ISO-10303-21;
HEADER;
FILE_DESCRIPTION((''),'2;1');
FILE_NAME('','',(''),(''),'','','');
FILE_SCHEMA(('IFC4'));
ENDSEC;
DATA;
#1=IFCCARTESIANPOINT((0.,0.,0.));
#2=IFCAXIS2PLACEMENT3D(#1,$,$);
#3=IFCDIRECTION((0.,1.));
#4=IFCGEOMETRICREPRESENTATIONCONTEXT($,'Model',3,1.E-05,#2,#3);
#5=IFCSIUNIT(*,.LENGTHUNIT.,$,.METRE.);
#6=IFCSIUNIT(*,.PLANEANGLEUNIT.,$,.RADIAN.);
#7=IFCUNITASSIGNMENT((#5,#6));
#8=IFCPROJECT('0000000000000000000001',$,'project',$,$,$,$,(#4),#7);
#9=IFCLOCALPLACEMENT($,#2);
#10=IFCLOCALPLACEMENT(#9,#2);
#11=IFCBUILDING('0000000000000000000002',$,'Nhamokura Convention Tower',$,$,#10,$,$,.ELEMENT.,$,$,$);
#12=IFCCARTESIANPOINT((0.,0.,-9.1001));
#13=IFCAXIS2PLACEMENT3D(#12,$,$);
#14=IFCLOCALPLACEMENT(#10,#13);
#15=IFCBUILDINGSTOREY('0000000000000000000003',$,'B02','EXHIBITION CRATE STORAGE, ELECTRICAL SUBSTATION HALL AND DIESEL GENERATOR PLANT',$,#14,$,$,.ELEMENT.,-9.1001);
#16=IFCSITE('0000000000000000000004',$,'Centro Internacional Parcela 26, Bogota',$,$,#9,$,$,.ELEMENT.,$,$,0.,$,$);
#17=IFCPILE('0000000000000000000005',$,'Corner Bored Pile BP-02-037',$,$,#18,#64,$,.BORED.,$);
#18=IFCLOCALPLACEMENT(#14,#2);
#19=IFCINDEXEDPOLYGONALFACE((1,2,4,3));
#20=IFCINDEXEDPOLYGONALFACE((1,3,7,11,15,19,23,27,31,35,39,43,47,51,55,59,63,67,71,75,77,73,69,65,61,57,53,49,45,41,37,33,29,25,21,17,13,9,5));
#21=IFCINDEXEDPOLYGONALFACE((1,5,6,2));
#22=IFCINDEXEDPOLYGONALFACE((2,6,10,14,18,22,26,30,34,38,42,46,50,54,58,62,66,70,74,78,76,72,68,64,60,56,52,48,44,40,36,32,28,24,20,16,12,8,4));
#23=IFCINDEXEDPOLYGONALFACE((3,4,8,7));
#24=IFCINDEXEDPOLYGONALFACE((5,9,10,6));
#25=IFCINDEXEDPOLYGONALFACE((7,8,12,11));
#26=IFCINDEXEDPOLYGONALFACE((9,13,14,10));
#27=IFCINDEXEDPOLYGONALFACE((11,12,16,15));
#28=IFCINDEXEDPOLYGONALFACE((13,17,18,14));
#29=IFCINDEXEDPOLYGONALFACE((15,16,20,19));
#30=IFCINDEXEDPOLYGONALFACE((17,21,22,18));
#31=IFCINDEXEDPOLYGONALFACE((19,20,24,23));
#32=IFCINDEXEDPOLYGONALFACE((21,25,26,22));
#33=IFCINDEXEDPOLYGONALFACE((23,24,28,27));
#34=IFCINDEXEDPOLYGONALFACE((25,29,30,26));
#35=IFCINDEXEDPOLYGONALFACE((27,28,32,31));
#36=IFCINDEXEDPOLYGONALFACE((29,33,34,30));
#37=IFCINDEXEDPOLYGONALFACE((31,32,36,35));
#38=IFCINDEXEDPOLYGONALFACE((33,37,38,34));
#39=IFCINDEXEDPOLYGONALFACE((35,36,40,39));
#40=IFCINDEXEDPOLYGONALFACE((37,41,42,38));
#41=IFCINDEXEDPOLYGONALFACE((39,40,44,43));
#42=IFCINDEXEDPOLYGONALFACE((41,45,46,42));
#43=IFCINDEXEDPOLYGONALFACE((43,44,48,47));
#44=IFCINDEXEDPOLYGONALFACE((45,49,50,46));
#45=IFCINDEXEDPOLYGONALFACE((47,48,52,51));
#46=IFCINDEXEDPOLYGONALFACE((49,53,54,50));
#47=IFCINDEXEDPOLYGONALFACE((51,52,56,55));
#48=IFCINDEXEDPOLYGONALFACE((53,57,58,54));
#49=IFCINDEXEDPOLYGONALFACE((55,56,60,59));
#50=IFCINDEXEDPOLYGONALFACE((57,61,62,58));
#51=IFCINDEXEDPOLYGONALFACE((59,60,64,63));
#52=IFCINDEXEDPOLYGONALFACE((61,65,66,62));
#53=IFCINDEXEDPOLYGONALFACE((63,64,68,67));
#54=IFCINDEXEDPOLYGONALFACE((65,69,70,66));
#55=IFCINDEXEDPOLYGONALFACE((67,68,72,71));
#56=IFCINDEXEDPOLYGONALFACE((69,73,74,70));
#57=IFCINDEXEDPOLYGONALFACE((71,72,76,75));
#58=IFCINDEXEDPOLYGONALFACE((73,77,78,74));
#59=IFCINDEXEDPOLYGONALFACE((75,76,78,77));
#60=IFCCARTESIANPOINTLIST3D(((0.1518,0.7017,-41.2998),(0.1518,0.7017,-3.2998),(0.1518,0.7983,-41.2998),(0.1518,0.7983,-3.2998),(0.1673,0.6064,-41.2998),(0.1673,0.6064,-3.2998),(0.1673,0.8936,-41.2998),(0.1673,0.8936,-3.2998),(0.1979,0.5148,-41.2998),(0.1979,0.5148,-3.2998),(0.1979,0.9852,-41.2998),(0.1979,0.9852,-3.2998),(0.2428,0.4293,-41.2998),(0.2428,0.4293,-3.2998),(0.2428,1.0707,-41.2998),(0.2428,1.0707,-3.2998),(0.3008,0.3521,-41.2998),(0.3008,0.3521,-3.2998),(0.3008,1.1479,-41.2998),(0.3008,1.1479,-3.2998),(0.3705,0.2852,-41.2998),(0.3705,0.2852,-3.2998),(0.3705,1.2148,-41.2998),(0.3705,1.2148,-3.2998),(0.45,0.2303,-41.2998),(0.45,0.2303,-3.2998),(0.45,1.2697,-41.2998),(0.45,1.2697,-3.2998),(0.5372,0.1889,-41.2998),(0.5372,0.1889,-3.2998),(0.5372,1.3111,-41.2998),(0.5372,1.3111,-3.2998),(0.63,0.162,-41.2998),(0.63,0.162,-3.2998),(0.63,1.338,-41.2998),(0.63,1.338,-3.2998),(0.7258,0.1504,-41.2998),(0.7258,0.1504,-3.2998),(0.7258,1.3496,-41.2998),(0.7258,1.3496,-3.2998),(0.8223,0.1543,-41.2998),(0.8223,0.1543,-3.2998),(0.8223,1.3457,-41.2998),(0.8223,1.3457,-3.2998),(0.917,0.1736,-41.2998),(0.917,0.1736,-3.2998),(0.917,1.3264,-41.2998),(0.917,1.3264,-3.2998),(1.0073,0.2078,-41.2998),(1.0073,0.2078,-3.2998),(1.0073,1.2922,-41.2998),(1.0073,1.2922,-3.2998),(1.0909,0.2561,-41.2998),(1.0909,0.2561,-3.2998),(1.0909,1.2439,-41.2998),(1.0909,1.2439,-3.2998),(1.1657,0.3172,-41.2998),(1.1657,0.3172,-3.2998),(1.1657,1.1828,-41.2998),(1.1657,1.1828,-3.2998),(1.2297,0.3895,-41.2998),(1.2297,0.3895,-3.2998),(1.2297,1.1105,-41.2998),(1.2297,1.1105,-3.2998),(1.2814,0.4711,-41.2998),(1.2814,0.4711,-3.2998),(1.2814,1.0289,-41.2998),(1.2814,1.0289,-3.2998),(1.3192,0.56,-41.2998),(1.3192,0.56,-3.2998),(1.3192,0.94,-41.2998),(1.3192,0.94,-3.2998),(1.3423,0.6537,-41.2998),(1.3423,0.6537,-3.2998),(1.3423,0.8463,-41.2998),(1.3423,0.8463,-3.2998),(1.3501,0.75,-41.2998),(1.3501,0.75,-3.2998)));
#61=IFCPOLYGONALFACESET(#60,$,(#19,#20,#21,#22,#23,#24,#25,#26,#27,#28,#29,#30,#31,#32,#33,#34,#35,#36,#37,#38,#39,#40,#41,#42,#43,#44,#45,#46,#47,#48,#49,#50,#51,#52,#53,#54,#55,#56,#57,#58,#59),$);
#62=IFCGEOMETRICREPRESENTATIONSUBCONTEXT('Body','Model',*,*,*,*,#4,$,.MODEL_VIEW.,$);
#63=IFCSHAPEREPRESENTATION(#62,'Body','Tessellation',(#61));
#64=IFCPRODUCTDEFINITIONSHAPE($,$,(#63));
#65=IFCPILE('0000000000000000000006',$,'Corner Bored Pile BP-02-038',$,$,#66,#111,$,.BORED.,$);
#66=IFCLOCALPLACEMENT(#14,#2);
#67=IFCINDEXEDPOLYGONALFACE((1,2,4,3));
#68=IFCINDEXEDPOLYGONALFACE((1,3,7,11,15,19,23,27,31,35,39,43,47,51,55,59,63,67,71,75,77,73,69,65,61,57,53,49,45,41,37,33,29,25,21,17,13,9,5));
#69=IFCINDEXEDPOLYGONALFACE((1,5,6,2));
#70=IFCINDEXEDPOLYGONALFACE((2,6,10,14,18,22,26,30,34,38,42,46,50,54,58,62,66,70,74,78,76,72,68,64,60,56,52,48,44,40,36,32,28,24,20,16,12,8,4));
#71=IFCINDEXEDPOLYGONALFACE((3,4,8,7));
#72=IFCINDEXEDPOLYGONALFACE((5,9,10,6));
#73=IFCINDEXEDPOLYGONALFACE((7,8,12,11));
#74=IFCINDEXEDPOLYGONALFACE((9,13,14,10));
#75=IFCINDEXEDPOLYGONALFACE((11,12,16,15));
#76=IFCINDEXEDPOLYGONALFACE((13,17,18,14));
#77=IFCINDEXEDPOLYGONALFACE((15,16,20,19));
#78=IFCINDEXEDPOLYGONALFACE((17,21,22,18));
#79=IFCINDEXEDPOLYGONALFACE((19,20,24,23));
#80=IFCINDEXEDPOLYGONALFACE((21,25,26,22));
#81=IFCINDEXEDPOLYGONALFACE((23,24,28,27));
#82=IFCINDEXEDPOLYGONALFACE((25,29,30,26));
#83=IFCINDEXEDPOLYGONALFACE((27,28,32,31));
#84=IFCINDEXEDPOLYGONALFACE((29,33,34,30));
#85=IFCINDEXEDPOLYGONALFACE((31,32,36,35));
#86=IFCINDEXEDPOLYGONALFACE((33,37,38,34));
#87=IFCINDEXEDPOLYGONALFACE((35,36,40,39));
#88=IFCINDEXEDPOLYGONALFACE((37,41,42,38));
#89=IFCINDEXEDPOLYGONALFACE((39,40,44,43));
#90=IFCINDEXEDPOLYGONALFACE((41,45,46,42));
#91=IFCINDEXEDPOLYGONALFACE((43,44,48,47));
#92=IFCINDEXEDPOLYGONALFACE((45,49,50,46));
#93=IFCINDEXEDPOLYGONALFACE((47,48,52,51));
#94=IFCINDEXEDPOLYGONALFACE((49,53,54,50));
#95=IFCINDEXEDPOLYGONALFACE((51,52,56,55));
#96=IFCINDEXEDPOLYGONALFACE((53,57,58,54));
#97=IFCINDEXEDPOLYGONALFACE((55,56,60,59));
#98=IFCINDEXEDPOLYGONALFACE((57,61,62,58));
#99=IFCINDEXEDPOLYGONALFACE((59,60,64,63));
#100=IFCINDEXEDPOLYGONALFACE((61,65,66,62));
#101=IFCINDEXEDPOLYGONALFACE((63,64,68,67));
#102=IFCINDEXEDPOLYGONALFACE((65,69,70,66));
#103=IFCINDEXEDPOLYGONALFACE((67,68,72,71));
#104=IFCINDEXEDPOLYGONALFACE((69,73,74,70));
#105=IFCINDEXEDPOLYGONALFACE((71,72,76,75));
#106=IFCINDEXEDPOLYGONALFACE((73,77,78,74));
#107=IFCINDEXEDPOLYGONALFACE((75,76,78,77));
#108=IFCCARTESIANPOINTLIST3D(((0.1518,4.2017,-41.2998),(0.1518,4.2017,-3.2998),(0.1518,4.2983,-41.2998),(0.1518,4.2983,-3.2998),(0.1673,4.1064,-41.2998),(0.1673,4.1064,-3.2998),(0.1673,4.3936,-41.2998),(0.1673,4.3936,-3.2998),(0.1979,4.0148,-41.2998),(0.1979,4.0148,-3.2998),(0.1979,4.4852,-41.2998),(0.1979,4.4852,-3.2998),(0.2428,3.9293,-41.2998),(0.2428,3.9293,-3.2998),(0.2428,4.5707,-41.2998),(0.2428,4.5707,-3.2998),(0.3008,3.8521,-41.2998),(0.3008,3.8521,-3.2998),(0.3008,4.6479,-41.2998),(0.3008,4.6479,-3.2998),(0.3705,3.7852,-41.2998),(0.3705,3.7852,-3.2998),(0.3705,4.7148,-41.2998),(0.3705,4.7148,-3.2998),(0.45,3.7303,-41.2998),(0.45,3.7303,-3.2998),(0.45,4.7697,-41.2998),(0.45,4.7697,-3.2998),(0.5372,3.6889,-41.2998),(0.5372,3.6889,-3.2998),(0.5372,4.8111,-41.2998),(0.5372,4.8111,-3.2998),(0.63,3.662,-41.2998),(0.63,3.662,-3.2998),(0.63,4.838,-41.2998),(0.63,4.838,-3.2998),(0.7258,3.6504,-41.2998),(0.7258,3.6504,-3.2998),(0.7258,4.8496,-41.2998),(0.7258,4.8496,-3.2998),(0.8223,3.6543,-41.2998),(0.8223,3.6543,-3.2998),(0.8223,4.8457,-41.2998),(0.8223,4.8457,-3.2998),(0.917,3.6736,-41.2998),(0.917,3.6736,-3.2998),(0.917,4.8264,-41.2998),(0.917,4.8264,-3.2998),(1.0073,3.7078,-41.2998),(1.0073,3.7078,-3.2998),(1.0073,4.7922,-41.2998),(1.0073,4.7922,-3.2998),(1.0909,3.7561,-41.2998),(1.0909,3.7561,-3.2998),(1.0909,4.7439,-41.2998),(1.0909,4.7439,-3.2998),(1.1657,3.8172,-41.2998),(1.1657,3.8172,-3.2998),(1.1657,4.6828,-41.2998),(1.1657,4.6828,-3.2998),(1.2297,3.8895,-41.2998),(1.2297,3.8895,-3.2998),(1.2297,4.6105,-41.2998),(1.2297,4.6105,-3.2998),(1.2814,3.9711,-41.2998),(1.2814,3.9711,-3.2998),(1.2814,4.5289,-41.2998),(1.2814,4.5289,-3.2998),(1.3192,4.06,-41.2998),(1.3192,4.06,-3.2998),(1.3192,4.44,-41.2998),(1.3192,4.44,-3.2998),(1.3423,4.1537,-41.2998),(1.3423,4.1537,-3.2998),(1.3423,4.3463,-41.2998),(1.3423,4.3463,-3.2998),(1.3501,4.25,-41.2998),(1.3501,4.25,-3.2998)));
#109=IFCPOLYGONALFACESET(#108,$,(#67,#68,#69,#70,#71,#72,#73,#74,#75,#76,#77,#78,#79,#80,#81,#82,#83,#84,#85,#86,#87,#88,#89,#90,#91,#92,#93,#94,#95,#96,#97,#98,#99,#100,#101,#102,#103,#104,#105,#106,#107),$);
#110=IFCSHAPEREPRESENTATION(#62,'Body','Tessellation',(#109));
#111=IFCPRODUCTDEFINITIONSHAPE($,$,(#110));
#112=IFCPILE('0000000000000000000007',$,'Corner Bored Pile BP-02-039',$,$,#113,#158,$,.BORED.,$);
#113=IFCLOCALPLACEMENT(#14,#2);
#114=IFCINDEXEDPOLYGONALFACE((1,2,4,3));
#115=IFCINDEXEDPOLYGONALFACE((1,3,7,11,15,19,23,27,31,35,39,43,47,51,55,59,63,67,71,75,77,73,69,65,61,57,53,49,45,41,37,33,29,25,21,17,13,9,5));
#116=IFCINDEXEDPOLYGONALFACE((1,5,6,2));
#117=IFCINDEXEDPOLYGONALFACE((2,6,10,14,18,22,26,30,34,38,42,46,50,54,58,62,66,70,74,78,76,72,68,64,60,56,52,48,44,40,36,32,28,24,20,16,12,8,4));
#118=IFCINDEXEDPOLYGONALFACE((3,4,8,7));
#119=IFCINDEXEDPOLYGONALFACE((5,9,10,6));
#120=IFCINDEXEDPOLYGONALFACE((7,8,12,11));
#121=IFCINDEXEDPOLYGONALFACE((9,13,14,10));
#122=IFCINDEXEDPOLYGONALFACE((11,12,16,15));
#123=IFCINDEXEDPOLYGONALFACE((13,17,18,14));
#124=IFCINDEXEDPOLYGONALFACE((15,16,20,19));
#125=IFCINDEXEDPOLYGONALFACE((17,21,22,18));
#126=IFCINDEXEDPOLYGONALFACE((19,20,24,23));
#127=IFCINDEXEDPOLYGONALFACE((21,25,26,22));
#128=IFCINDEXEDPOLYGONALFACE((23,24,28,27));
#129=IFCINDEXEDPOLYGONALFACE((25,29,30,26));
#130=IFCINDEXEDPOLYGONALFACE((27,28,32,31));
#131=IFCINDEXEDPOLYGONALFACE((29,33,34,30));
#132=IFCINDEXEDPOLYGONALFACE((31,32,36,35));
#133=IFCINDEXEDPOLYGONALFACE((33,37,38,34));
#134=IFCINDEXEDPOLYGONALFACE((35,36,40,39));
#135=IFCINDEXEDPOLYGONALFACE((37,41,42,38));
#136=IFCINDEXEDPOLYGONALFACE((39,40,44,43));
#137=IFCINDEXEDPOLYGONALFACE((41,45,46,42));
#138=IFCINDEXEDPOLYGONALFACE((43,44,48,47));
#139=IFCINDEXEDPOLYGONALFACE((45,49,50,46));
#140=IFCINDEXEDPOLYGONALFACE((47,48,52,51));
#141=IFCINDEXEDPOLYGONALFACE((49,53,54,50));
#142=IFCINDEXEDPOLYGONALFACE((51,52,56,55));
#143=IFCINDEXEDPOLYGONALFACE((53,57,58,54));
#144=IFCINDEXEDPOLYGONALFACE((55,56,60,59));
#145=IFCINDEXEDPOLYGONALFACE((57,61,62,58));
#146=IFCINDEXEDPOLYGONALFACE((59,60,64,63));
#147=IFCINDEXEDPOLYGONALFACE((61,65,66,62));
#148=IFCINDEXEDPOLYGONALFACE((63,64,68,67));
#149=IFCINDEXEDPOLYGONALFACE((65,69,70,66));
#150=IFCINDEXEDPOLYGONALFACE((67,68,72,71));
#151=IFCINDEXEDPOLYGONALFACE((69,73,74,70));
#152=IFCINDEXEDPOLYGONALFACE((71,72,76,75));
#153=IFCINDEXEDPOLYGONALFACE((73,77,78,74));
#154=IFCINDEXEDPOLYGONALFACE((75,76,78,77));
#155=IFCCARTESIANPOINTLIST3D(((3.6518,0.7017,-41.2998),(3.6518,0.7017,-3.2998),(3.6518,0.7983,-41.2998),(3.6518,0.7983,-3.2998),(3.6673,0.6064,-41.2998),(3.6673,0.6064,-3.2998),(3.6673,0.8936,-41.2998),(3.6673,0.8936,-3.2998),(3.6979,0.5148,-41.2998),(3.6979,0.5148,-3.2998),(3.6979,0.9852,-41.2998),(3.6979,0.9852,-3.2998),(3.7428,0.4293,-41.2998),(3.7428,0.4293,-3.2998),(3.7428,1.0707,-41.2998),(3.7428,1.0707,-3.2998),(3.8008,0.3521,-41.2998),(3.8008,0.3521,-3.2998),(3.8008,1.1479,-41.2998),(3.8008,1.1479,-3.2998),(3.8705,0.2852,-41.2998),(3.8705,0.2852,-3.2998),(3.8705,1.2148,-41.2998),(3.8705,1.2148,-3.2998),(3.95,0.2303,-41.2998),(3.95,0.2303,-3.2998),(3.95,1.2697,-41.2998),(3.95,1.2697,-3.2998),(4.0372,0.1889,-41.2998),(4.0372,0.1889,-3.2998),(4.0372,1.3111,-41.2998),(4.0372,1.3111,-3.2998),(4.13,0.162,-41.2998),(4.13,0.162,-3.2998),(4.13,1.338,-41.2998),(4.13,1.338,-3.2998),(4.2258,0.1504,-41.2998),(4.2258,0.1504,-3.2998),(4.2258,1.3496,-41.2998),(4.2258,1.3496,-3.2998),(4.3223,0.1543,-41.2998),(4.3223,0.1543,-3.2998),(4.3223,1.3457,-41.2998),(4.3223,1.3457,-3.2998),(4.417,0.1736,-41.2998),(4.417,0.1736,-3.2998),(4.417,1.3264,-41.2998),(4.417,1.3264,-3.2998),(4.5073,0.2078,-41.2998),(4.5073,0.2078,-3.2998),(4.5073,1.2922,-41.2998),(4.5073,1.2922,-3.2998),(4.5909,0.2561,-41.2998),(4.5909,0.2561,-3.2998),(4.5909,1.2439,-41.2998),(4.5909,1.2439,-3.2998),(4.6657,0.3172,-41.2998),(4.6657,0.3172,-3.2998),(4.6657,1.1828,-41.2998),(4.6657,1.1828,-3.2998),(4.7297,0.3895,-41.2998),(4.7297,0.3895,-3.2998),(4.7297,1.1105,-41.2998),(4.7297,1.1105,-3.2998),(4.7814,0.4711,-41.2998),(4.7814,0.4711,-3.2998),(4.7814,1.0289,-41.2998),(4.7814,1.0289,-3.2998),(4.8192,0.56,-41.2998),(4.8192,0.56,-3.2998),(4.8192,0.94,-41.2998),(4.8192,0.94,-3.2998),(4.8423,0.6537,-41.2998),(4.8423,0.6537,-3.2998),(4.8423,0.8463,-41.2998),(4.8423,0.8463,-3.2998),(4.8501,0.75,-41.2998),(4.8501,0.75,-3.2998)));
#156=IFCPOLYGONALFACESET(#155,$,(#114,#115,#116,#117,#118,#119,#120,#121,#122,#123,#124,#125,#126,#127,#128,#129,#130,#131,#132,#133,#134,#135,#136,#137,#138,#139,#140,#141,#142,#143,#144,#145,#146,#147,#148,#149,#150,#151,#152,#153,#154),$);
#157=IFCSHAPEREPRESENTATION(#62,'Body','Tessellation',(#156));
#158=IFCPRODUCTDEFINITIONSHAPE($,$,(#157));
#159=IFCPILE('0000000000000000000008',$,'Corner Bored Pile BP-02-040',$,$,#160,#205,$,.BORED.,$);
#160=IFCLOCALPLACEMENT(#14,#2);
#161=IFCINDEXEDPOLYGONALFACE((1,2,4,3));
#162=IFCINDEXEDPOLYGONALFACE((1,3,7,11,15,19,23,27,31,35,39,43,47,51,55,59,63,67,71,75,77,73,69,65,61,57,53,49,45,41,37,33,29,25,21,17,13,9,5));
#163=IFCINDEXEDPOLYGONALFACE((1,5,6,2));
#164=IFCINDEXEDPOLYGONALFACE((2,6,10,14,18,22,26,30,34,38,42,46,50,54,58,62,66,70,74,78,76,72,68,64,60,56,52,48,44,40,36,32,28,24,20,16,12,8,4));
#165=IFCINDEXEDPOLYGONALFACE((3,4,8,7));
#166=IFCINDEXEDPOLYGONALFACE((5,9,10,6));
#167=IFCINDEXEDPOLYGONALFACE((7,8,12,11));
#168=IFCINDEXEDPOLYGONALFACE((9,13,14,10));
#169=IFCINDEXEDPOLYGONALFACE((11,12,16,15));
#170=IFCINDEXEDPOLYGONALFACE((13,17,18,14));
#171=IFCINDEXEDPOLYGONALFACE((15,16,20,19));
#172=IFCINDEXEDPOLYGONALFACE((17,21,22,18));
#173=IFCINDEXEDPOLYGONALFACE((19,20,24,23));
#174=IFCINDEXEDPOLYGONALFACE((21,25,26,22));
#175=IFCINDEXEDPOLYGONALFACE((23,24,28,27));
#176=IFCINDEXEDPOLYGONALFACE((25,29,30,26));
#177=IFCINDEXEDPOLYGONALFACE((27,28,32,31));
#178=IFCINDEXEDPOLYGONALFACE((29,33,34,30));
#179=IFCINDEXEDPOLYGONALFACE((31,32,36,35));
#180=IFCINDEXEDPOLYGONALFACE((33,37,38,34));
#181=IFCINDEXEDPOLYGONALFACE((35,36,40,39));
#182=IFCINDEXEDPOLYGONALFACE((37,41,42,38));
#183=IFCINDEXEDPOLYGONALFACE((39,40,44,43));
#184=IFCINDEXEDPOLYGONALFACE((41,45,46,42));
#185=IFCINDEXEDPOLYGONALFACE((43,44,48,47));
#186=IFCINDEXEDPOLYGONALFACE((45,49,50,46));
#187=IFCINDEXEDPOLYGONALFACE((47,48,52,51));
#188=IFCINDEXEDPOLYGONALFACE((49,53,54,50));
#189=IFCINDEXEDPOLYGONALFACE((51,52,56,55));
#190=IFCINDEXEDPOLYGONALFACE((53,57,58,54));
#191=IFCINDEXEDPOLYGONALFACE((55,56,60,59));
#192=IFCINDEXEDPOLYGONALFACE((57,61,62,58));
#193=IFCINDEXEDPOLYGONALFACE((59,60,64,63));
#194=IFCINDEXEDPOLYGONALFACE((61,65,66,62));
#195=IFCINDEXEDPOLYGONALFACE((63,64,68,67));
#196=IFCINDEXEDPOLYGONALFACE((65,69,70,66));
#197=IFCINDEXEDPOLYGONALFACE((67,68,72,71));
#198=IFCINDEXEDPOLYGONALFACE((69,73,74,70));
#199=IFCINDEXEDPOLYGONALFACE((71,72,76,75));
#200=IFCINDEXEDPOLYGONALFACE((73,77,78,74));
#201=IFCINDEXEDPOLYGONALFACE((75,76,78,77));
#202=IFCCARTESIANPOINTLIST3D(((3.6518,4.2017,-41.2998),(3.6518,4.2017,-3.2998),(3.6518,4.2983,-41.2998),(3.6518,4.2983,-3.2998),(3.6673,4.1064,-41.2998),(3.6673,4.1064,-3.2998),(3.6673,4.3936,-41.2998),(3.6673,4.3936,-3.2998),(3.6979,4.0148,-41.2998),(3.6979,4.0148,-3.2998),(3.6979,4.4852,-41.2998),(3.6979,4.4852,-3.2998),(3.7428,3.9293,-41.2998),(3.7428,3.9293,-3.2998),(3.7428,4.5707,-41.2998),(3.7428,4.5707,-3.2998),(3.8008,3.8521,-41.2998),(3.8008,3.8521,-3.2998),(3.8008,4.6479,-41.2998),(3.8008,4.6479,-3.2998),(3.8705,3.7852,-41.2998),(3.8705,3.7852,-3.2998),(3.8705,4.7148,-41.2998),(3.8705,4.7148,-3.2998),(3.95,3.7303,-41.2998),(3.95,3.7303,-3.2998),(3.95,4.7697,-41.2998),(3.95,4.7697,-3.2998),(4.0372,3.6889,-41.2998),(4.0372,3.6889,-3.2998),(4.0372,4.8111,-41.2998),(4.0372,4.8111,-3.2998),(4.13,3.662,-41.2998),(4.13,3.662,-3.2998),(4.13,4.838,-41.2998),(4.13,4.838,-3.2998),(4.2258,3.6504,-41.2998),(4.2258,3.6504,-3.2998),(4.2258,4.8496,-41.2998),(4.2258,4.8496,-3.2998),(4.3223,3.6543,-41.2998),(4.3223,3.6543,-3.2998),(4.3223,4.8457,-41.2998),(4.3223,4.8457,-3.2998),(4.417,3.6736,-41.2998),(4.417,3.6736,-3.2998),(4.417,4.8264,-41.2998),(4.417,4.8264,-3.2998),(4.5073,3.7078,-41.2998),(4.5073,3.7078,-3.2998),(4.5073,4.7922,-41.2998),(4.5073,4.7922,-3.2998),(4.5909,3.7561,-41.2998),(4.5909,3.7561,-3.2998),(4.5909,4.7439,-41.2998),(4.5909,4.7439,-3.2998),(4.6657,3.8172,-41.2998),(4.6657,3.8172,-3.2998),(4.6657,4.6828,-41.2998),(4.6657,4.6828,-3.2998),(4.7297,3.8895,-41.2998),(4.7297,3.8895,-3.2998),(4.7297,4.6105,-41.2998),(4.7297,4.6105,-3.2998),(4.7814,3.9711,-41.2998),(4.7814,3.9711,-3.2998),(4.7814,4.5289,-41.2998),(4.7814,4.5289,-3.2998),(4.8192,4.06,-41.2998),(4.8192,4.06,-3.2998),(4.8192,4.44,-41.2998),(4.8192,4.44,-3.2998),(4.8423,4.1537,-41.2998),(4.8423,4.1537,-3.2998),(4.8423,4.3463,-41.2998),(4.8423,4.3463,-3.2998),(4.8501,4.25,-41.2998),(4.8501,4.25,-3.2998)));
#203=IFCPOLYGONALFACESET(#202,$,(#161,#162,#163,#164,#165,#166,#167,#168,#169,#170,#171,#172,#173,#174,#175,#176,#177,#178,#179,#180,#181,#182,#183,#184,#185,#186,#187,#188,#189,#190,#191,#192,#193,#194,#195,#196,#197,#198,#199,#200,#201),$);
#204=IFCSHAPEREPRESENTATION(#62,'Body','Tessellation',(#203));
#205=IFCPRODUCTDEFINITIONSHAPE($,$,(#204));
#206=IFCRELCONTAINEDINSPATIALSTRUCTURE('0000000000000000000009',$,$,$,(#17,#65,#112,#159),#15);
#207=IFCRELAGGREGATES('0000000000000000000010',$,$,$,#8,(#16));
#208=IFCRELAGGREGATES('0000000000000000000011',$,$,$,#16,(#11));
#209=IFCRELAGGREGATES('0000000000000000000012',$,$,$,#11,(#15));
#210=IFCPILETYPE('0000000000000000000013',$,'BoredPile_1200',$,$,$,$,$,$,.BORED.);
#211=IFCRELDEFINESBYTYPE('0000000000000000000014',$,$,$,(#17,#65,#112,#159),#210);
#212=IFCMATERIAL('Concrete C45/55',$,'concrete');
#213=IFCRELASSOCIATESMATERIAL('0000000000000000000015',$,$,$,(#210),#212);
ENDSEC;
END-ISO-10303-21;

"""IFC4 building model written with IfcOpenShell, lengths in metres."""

from ifc_helpers import new_model, si_unit, direction, frame, origin, origin_2d, place, context, subcontext, project, spatial, circle, extrude, material, material_profile, profile_set, type_object, element, save


model = new_model("IFC4")

# Units and contexts
model_context = context("Model", 3, precision=1e-05, world=origin(), true_north=direction((0.0, 1.0)))
body_context = subcontext(model_context, "Body", "Model", "MODEL_VIEW")
ifc_project = project(units=[si_unit("LENGTHUNIT", "METRE"), si_unit("PLANEANGLEUNIT", "RADIAN")], contexts=[model_context])

# Site, building, storey
site_placement = place(None, origin())
site = spatial("IfcSite", under=ifc_project, at=site_placement, Name="Centro Internacional Parcela 26, Bogota", CompositionType="ELEMENT", RefElevation=0.0)
building_placement = place(site_placement, origin())
building = spatial("IfcBuilding", under=site, at=building_placement, Name="Nhamokura Convention Tower", CompositionType="ELEMENT")
storey_placement = place(building_placement, frame((0.0, 0.0, -9.1001)))
storey = spatial("IfcBuildingStorey", under=building, at=storey_placement, Name="B02", Description="EXHIBITION CRATE STORAGE, ELECTRICAL SUBSTATION HALL AND DIESEL GENERATOR PLANT", CompositionType="ELEMENT", Elevation=-9.1001)

# Piles
ifc_material_1 = material(Name="Concrete C45/55", Category="concrete")
ifc_material_profile_1 = material_profile(ifc_material_1, circle(Radius=0.6001, at=origin_2d()))
ifc_profile_set_1 = profile_set([ifc_material_profile_1], Name="Concrete C45/55")
pile_type = type_object("IfcPileType", Name="BoredPile_1200", PredefinedType="BORED", material=ifc_profile_set_1)
for number, where, z_axis, x_axis, name in (
    (1, (0.75, 0.75, -3.2998), (0.0, 0.0, -1.0), (1.0, 0.0, 0.0), "Corner Bored Pile BP-02-037"),
    (2, (0.75, 4.25, -3.2998), (0.0, 0.0, -1.0), (1.0, 0.0, 0.0), "Corner Bored Pile BP-02-038"),
    (3, (4.25, 0.75, -3.2998), (0.0, 0.0, -1.0), (1.0, 0.0, 0.0), "Corner Bored Pile BP-02-039"),
    (4, (4.25, 4.25, -3.2998), (0.0, 0.0, -1.0), (1.0, 0.0, 0.0), "Corner Bored Pile BP-02-040"),
):
    element("IfcPile", number, at=place(storey_placement, frame(where, z_axis=z_axis, x_axis=x_axis)), inside=storey, type_object=pile_type, Name=name, PredefinedType="BORED", context=body_context, shape_type="SweptSolid", body=[
        extrude(circle(Radius=0.6001, at=origin_2d()), origin(), (0.0, 0.0, 1.0), 38.0),
    ])

save(model, "model.ifc")
